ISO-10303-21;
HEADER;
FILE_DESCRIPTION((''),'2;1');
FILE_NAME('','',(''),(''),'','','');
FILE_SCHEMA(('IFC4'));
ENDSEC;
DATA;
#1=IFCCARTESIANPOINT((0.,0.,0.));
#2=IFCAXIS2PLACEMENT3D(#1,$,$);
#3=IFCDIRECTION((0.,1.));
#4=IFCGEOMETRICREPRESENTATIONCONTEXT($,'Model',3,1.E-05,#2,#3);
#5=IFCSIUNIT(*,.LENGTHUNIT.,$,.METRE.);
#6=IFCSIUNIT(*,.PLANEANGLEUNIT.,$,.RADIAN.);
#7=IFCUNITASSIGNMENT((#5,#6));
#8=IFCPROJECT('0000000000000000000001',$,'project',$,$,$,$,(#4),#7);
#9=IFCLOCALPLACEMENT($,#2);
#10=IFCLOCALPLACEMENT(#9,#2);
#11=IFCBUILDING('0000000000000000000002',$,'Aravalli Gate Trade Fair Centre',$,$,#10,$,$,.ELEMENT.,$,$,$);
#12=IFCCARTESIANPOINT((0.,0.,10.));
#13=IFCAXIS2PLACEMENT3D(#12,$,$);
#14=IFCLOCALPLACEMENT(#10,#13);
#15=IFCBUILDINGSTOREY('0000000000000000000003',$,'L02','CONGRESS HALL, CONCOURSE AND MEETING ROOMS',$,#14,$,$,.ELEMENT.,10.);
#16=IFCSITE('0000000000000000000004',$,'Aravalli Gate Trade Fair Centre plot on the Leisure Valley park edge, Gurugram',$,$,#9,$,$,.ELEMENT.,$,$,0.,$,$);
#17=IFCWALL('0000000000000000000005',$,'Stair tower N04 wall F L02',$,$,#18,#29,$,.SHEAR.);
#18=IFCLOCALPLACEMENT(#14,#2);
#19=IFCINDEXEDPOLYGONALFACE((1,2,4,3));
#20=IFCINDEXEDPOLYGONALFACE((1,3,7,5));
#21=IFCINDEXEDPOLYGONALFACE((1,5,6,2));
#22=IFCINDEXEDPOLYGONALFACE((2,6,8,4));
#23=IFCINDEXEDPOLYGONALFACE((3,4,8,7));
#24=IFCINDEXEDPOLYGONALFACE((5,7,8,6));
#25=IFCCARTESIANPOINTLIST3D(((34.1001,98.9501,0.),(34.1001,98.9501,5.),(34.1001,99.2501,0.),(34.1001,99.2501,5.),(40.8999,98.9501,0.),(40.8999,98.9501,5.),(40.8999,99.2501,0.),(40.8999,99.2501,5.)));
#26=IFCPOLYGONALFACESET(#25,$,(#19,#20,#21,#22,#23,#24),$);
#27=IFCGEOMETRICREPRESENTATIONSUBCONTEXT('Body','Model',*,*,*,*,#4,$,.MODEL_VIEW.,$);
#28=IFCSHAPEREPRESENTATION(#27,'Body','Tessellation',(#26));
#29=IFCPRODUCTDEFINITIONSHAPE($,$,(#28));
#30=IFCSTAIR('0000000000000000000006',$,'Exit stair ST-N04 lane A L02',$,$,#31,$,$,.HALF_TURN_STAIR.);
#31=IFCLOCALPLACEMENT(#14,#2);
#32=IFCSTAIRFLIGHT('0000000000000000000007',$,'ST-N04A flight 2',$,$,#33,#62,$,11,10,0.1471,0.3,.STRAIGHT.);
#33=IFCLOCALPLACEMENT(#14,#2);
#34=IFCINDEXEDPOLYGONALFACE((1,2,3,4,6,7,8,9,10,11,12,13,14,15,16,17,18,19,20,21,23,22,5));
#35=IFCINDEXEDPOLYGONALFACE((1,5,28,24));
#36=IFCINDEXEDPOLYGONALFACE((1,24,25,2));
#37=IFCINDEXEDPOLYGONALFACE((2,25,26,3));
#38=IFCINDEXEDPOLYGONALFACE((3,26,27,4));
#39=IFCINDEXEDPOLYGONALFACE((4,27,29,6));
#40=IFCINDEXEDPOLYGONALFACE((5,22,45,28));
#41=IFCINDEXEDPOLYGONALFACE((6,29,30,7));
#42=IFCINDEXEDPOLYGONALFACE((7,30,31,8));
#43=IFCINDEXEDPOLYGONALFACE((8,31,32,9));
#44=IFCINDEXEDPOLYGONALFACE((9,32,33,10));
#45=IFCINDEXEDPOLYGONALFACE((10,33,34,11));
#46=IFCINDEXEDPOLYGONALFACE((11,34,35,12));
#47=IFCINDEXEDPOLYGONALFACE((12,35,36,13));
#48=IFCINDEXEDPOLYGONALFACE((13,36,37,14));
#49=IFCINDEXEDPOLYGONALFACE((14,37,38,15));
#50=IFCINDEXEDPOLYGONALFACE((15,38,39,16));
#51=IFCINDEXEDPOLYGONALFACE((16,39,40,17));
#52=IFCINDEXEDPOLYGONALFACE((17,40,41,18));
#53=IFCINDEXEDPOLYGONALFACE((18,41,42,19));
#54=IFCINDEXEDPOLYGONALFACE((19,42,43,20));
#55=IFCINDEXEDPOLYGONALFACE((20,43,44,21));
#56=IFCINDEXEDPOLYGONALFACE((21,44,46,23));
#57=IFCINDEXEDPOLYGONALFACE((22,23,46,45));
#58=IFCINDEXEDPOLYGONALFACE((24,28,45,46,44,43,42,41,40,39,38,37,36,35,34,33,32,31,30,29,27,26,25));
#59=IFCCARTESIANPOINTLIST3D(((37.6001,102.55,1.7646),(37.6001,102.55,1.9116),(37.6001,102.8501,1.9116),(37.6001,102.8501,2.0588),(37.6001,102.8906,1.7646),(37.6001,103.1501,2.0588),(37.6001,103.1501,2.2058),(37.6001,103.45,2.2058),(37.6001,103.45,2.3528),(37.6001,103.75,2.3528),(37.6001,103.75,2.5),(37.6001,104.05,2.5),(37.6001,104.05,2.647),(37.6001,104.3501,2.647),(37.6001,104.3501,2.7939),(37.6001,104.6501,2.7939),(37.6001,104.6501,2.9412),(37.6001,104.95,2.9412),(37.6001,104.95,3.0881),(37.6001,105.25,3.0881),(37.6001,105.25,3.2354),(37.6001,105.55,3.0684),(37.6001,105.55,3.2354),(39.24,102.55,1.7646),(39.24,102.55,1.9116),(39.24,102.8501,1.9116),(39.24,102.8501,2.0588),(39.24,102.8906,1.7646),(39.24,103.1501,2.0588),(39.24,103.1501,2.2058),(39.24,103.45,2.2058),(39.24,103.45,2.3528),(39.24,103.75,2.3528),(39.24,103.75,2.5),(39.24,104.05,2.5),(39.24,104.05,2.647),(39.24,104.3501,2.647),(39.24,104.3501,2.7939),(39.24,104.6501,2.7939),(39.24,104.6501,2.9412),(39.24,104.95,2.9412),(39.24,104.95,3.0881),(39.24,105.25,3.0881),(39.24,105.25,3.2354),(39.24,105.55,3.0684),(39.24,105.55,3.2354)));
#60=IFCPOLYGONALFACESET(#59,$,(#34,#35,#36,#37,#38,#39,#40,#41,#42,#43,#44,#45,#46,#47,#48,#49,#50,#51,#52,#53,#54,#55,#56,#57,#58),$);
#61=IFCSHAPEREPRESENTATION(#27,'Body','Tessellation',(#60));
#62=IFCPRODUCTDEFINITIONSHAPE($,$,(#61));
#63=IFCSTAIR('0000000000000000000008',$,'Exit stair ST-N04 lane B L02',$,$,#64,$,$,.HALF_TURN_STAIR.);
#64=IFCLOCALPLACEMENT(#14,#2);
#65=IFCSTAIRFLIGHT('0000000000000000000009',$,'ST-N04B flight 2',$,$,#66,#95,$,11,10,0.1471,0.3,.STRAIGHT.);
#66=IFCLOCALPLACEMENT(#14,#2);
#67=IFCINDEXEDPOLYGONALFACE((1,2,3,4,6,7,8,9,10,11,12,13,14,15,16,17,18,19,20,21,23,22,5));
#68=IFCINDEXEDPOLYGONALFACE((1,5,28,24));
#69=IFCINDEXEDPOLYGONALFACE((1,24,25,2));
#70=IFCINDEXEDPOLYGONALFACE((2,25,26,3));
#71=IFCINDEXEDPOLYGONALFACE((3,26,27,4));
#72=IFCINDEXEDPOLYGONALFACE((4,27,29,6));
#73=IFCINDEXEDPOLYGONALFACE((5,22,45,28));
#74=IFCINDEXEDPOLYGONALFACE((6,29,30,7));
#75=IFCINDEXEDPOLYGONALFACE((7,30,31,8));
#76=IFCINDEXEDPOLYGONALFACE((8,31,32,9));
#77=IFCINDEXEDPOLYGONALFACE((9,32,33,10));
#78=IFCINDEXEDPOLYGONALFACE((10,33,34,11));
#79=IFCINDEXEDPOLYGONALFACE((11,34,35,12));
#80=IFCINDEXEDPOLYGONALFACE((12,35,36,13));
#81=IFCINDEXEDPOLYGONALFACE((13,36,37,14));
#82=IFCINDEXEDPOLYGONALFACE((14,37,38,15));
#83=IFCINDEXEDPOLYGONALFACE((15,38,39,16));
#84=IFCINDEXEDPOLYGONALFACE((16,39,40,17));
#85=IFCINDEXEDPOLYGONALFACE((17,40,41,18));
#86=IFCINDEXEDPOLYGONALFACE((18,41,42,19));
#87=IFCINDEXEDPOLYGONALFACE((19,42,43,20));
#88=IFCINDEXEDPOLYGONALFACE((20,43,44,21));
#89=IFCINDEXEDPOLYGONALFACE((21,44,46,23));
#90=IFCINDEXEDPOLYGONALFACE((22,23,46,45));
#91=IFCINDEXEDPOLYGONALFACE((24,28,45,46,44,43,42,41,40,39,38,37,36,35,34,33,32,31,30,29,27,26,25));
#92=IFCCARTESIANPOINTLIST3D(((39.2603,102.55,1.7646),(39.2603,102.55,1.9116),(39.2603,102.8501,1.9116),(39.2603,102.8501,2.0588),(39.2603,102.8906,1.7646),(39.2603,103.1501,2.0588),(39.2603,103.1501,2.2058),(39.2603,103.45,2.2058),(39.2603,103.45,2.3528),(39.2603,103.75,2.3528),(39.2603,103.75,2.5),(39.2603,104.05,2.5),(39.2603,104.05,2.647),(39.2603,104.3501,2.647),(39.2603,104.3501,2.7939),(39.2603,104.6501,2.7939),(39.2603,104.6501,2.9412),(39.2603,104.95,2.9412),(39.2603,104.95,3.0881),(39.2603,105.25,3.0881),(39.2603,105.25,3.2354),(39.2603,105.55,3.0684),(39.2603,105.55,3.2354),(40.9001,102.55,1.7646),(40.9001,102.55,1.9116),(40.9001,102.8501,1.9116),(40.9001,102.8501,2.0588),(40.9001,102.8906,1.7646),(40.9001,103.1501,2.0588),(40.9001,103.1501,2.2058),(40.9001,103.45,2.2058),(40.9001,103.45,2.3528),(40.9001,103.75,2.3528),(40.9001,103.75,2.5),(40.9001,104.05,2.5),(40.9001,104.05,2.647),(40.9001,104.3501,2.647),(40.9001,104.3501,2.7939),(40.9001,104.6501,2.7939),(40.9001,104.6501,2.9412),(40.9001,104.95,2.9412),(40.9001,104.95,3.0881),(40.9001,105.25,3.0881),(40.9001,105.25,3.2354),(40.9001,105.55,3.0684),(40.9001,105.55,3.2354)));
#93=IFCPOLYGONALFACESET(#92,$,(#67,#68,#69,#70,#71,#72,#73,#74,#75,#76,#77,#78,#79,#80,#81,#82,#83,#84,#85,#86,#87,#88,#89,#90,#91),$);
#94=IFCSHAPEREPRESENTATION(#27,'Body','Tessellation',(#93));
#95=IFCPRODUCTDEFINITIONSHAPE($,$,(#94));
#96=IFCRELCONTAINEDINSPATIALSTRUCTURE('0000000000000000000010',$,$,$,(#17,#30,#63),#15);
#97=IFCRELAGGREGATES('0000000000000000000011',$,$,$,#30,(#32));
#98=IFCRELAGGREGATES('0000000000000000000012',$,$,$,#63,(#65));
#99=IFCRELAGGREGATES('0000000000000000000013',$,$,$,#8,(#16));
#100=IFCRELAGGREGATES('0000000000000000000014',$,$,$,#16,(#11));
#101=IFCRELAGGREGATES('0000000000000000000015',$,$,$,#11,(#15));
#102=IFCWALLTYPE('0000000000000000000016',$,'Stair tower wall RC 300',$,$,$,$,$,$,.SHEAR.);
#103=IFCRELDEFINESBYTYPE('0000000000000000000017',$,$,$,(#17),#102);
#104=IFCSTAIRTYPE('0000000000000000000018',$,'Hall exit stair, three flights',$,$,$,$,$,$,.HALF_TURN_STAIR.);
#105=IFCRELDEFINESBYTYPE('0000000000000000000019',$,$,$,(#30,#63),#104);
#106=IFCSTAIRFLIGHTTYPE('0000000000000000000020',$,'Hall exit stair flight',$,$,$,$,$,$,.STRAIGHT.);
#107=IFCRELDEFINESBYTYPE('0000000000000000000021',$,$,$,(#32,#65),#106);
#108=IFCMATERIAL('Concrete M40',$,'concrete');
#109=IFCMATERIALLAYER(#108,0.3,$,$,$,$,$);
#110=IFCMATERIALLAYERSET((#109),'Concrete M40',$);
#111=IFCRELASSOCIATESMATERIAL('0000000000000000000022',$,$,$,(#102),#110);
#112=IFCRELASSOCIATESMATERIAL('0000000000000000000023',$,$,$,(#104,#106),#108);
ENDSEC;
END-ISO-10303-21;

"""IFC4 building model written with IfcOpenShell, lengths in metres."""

from ifc_helpers import new_model, si_unit, direction, frame, frame_2d, origin, place, context, subcontext, project, spatial, polyline, rectangle, outline, extrude, material, layer, layer_set, type_object, element, aggregate, save


model = new_model("IFC4")

# Units and contexts
model_context = context("Model", 3, precision=1e-05, world=origin(), true_north=direction((0.0, 1.0)))
body_context = subcontext(model_context, "Body", "Model", "MODEL_VIEW")
ifc_project = project(units=[si_unit("LENGTHUNIT", "METRE"), si_unit("PLANEANGLEUNIT", "RADIAN")], contexts=[model_context])

# Site, building, storey
site_placement = place(None, origin())
site = spatial("IfcSite", under=ifc_project, at=site_placement, Name="Aravalli Gate Trade Fair Centre plot on the Leisure Valley park edge, Gurugram", CompositionType="ELEMENT", RefElevation=0.0)
building_placement = place(site_placement, origin())
building = spatial("IfcBuilding", under=site, at=building_placement, Name="Aravalli Gate Trade Fair Centre", CompositionType="ELEMENT")
storey_placement = place(building_placement, frame((0.0, 0.0, 10.0)))
storey = spatial("IfcBuildingStorey", under=building, at=storey_placement, Name="L02", Description="CONGRESS HALL, CONCOURSE AND MEETING ROOMS", CompositionType="ELEMENT", Elevation=10.0)

# Wall
ifc_material_1 = material(Name="Concrete M40", Category="concrete")
ifc_layer_1 = layer(ifc_material_1, 0.3)
ifc_layer_set_1 = layer_set([ifc_layer_1], Name="Concrete M40")
wall_type = type_object("IfcWallType", Name="Stair tower wall RC 300", PredefinedType="SHEAR", material=ifc_layer_set_1)
wall_placement = place(storey_placement, frame((34.1001, 99.1001, 0.0), z_axis=(0.0, 0.0, 1.0), x_axis=(1.0, 0.0, 0.0)))
element("IfcWall", 1, at=wall_placement, inside=storey, type_object=wall_type, Name="Stair tower N04 wall F L02", PredefinedType="SHEAR", context=body_context, shape_type="SweptSolid", body=[
    extrude(rectangle(XDim=6.7998, YDim=0.3, at=frame_2d((3.3999, 0.0))), origin(), (0.0, 0.0, 1.0), 5.0),
])

# Stairs, stair flights
stair_type = type_object("IfcStairType", Name="Hall exit stair, three flights", PredefinedType="HALF_TURN_STAIR", material=ifc_material_1)
stair_1_placement = place(storey_placement, origin())
stair_1 = element("IfcStair", 2, at=stair_1_placement, inside=storey, type_object=stair_type, Name="Exit stair ST-N04 lane A L02", PredefinedType="HALF_TURN_STAIR")
stair_flight_type = type_object("IfcStairFlightType", Name="Hall exit stair flight", PredefinedType="STRAIGHT", material=ifc_material_1)
stair_flight_1_placement = place(storey_placement, frame((38.4199, 102.55, 1.7646), z_axis=(0.0, 0.0, 1.0), x_axis=(0.0, 1.0, 0.0)))
stair_flight_1 = element("IfcStairFlight", 3, at=stair_flight_1_placement, type_object=stair_flight_type, Name="ST-N04A flight 2", NumberOfRisers=11, NumberOfTreads=10, PredefinedType="STRAIGHT", RiserHeight=0.1471, TreadLength=0.3, context=body_context, shape_type="SweptSolid", body=[
    extrude(outline(polyline([(0.0, 0.0), (0.0, 0.147), (0.3, 0.147), (0.3, 0.2942), (0.6001, 0.2942), (0.6001, 0.4412), (0.8999, 0.4412), (0.8999, 0.5881), (1.2, 0.5881), (1.2, 0.7354), (1.5, 0.7354), (1.5, 0.8823), (1.8, 0.8823), (1.8, 1.0293), (2.1001, 1.0293), (2.1001, 1.1765), (2.3999, 1.1765), (2.3999, 1.3235), (2.7, 1.3235), (2.7, 1.4707), (3.0, 1.4707), (3.0, 1.6177), (3.0, 1.3037), (0.3406, 0.0), (0.0, 0.0)])), frame((0.0, 0.8198, 0.0), z_axis=(0.0, -1.0, 0.0), x_axis=(1.0, 0.0, 0.0)), (0.0, 0.0, 1.0), 1.6399),
])
aggregate(stair_1, [stair_flight_1])
stair_2_placement = place(storey_placement, origin())
stair_2 = element("IfcStair", 4, at=stair_2_placement, inside=storey, type_object=stair_type, Name="Exit stair ST-N04 lane B L02", PredefinedType="HALF_TURN_STAIR")
stair_flight_2_placement = place(storey_placement, frame((40.0801, 102.55, 1.7646), z_axis=(0.0, 0.0, 1.0), x_axis=(0.0, 1.0, 0.0)))
stair_flight_2 = element("IfcStairFlight", 5, at=stair_flight_2_placement, type_object=stair_flight_type, Name="ST-N04B flight 2", NumberOfRisers=11, NumberOfTreads=10, PredefinedType="STRAIGHT", RiserHeight=0.1471, TreadLength=0.3, context=body_context, shape_type="SweptSolid", body=[
    extrude(outline(polyline([(0.0, 0.0), (0.0, 0.147), (0.3, 0.147), (0.3, 0.2942), (0.6001, 0.2942), (0.6001, 0.4412), (0.8999, 0.4412), (0.8999, 0.5881), (1.2, 0.5881), (1.2, 0.7354), (1.5, 0.7354), (1.5, 0.8823), (1.8, 0.8823), (1.8, 1.0293), (2.1001, 1.0293), (2.1001, 1.1765), (2.3999, 1.1765), (2.3999, 1.3235), (2.7, 1.3235), (2.7, 1.4707), (3.0, 1.4707), (3.0, 1.6177), (3.0, 1.3037), (0.3406, 0.0), (0.0, 0.0)])), frame((0.0, 0.8198, 0.0), z_axis=(0.0, -1.0, 0.0), x_axis=(1.0, 0.0, 0.0)), (0.0, 0.0, 1.0), 1.6399),
])
aggregate(stair_2, [stair_flight_2])

save(model, "model.ifc")
